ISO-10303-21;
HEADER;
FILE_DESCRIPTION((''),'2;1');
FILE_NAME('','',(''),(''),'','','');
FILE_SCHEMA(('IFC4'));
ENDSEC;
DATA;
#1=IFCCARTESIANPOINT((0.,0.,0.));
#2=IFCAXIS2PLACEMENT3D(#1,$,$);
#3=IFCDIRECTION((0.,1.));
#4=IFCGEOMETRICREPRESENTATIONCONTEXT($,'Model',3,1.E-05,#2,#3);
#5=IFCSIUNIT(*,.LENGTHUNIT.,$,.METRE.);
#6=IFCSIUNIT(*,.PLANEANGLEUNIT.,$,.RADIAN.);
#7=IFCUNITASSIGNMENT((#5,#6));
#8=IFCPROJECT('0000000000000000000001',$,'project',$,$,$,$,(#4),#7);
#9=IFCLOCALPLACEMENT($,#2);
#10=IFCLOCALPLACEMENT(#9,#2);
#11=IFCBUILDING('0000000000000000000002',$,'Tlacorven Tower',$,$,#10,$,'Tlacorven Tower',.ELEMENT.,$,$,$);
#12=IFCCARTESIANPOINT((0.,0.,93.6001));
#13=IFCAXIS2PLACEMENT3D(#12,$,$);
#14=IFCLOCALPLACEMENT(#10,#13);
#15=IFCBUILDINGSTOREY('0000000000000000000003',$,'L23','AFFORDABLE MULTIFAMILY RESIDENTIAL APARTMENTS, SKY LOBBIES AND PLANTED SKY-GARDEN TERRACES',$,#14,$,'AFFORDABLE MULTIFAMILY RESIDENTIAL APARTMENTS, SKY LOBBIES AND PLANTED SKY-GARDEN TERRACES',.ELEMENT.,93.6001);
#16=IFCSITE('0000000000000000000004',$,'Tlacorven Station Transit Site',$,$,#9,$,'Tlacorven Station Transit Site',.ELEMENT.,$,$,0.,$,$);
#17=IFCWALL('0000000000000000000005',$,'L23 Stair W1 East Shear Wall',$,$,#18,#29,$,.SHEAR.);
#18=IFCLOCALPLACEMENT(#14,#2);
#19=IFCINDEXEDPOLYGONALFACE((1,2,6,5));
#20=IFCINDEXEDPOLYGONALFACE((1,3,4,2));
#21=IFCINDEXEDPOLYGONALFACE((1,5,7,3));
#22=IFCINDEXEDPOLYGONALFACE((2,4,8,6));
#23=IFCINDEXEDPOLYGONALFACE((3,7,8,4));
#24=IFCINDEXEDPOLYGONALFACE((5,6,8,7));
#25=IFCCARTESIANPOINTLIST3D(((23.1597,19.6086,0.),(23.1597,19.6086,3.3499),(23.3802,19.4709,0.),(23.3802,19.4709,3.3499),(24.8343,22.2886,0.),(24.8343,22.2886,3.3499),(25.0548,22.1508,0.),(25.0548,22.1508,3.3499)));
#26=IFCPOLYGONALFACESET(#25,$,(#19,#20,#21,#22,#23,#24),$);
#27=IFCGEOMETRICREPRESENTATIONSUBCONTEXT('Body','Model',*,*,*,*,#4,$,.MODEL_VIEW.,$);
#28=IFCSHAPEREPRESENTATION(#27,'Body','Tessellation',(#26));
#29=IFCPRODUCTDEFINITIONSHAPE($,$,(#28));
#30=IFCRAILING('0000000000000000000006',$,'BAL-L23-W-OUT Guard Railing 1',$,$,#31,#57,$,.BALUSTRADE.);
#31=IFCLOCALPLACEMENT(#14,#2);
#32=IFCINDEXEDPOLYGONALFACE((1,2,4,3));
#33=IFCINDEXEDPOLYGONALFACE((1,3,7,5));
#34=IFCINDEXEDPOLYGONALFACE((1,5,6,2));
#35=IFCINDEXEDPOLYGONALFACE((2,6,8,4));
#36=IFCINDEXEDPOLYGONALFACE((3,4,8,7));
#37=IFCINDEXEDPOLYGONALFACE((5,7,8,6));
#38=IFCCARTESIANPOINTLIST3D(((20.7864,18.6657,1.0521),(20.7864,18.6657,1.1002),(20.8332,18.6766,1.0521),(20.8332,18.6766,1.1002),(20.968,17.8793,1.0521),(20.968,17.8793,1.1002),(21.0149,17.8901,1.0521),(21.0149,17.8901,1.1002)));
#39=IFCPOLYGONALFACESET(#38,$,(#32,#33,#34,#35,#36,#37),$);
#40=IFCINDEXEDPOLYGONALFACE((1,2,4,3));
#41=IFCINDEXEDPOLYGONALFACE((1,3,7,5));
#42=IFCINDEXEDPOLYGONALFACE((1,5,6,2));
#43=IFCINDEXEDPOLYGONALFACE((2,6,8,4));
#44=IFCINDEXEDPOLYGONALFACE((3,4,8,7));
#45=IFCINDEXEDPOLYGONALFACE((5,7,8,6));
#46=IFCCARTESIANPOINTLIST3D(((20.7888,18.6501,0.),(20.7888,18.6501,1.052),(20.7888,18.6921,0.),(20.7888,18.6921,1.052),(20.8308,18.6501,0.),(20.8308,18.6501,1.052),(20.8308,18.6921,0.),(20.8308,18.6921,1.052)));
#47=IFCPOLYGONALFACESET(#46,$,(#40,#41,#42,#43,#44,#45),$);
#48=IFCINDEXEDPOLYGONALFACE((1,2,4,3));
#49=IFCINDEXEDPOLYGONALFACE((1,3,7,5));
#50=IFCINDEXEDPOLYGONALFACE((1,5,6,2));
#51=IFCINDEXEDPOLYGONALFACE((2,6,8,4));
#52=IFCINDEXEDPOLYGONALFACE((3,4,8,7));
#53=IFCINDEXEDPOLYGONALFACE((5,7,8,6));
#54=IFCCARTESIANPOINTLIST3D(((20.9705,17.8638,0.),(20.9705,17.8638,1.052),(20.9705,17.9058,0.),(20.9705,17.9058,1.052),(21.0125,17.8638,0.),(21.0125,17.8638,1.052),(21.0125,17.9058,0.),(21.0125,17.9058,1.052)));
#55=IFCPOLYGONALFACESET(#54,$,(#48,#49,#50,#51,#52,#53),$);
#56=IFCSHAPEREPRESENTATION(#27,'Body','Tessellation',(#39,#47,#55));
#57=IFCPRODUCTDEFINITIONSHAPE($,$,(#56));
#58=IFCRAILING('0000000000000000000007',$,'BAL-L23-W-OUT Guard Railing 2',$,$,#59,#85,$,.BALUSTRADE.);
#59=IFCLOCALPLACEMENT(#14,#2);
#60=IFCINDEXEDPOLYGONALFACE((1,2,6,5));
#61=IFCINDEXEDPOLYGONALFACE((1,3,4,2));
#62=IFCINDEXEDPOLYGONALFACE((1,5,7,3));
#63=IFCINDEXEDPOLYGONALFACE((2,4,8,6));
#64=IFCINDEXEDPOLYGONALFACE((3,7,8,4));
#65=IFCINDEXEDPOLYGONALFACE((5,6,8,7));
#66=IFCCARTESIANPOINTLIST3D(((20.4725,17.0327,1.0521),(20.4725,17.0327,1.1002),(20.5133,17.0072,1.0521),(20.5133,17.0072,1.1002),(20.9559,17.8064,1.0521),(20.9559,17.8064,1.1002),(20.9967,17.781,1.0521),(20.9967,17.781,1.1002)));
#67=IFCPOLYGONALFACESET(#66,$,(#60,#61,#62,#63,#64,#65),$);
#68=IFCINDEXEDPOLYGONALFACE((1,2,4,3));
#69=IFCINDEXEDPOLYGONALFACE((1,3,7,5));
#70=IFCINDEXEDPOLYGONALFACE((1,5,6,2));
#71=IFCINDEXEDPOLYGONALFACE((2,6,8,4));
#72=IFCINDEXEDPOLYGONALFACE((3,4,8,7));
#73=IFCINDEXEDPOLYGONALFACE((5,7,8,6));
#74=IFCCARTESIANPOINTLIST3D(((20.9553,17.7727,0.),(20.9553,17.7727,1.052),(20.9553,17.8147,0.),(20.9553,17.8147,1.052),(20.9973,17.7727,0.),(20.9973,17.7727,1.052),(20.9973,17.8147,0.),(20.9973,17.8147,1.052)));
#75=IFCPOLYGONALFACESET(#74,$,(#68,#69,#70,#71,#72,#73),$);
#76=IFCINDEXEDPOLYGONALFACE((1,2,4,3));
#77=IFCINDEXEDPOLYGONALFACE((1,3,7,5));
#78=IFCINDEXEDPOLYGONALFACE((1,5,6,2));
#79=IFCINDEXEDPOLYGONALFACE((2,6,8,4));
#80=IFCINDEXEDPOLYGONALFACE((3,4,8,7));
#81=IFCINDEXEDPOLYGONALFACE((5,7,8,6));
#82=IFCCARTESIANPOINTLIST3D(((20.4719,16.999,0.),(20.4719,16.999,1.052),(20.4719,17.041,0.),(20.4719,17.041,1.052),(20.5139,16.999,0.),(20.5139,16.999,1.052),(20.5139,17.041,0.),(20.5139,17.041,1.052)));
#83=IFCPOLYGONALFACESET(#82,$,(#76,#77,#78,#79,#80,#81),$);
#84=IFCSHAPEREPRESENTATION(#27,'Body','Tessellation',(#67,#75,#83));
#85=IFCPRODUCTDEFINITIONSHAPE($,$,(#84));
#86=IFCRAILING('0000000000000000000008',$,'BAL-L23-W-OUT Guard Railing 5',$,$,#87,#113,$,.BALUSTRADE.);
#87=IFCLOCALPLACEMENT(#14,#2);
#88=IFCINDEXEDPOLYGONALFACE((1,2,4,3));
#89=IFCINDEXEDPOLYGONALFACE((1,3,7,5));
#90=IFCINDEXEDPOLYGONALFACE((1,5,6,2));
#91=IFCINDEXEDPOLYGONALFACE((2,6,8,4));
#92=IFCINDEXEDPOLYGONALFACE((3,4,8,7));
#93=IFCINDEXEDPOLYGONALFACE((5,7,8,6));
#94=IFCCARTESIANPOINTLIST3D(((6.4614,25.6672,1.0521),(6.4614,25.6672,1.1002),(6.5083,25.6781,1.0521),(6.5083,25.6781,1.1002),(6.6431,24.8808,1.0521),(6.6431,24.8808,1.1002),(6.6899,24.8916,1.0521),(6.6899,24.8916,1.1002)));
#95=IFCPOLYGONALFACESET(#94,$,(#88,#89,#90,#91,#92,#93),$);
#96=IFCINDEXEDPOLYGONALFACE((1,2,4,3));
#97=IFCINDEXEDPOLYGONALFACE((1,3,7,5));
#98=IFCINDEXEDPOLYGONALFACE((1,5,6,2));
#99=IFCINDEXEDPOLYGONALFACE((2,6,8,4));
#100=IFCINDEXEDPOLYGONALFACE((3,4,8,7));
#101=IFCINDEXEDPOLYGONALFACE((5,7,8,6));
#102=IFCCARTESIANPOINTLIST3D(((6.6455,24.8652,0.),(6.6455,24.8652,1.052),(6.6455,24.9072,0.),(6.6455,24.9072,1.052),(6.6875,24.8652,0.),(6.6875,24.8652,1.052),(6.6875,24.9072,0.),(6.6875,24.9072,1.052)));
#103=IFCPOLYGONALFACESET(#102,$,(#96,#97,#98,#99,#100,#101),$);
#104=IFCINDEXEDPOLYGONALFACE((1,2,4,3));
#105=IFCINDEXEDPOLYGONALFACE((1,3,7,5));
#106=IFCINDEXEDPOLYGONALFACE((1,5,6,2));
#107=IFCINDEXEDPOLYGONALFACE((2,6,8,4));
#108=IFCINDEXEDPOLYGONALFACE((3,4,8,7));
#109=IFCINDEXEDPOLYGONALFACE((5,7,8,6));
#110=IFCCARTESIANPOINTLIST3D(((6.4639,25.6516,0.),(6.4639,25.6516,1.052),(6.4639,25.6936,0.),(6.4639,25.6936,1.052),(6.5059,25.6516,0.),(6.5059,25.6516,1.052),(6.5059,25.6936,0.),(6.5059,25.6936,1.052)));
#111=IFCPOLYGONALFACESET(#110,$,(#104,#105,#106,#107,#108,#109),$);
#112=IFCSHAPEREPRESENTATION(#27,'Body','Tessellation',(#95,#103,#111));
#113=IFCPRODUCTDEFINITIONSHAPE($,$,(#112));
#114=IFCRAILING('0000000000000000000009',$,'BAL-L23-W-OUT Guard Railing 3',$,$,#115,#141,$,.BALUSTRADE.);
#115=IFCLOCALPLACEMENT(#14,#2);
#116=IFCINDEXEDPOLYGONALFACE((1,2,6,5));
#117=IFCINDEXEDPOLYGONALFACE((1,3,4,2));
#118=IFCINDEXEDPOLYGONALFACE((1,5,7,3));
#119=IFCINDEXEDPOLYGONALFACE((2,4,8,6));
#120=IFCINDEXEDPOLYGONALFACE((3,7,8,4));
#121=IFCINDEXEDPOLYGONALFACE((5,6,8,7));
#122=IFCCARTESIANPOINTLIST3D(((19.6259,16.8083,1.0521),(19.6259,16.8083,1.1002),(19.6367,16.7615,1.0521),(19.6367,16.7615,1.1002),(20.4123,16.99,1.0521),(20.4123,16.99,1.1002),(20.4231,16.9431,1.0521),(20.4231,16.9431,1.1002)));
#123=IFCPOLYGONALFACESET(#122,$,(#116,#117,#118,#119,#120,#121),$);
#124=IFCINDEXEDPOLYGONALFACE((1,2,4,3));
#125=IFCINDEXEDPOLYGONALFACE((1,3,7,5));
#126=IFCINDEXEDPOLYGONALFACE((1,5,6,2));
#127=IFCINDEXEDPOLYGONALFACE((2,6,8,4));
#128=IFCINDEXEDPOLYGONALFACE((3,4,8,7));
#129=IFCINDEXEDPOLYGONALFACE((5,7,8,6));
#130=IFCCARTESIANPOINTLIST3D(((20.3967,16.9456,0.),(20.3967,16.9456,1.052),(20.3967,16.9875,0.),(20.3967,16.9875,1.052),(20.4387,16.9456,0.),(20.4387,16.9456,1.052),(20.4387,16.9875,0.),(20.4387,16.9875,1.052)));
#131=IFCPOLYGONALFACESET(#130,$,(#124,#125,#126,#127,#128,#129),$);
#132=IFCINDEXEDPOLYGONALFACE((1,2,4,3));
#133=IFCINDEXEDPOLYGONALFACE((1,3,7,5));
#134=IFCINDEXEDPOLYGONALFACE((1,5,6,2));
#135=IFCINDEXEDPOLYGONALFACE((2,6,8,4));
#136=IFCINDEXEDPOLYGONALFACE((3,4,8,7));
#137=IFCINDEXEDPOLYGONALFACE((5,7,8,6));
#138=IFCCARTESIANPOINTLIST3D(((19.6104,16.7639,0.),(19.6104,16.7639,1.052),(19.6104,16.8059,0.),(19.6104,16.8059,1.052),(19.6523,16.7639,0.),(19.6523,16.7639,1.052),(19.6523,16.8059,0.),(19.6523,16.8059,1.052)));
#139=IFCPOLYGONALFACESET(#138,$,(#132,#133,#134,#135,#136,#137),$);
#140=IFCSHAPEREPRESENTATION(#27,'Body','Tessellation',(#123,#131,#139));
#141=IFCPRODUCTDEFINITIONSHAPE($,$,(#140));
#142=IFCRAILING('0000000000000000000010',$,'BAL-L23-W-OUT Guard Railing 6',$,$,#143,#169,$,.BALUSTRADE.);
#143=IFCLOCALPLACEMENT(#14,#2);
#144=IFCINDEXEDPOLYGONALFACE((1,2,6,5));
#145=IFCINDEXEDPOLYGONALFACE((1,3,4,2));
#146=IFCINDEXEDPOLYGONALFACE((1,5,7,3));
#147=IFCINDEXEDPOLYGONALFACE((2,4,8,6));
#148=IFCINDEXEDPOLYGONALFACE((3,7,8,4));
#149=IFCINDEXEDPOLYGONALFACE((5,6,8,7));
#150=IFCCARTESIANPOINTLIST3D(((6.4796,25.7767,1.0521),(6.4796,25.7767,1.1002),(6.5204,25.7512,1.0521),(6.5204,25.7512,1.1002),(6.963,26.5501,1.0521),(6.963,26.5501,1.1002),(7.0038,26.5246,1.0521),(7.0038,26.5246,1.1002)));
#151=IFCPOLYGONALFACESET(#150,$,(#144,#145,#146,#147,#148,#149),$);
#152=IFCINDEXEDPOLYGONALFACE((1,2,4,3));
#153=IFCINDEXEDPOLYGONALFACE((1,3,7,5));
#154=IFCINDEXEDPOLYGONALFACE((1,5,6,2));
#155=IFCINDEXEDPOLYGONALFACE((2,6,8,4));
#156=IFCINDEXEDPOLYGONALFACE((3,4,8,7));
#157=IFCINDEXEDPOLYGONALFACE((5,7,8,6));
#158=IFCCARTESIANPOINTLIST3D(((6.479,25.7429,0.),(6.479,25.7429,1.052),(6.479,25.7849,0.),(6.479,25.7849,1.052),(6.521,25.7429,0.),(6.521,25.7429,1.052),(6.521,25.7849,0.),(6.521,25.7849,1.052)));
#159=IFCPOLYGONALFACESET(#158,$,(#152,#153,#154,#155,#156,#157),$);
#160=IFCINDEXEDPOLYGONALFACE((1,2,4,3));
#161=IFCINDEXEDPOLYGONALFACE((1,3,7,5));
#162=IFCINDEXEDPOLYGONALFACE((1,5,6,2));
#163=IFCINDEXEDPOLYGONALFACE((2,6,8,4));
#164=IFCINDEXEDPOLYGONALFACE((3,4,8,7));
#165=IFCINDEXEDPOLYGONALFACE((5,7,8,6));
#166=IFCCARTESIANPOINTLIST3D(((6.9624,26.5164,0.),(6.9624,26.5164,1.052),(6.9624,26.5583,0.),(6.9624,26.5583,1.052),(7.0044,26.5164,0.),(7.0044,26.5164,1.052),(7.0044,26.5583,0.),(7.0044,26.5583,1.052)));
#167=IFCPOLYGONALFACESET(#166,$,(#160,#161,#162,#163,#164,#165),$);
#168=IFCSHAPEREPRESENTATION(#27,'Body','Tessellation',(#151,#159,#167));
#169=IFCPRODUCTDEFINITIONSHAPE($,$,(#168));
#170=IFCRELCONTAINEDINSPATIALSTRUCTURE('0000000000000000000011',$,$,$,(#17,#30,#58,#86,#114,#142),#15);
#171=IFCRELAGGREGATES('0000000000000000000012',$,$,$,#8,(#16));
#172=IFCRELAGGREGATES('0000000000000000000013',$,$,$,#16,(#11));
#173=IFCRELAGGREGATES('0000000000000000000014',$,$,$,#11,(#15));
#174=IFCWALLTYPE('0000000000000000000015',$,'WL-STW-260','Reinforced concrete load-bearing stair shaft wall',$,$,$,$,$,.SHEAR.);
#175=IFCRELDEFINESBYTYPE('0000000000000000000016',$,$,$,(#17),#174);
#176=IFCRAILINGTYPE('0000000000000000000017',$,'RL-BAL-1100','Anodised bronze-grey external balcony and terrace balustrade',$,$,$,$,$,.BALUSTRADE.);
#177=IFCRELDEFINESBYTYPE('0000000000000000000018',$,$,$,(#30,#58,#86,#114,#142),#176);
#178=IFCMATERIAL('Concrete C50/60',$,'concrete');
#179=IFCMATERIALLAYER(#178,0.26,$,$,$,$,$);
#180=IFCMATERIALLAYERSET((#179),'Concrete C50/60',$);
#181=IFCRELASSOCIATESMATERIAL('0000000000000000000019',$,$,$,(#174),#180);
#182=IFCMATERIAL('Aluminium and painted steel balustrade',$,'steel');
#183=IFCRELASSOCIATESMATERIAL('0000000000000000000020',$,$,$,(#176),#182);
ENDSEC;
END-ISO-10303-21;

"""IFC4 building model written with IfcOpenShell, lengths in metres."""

from ifc_helpers import new_model, si_unit, direction, frame, frame_2d, origin, origin_2d, place, context, subcontext, project, spatial, rectangle, extrude, source, transform, mapped, material, layer, layer_set, type_object, element, save


model = new_model("IFC4")

# Units and contexts
model_context = context("Model", 3, precision=1e-05, world=origin(), true_north=direction((0.0, 1.0)))
body_context = subcontext(model_context, "Body", "Model", "MODEL_VIEW")
ifc_project = project(units=[si_unit("LENGTHUNIT", "METRE"), si_unit("PLANEANGLEUNIT", "RADIAN")], contexts=[model_context])

# Site, building, storey
site_placement = place(None, origin())
site = spatial("IfcSite", under=ifc_project, at=site_placement, Name="Tlacorven Station Transit Site", LongName="Tlacorven Station Transit Site", CompositionType="ELEMENT", RefElevation=0.0)
building_placement = place(site_placement, origin())
building = spatial("IfcBuilding", under=site, at=building_placement, Name="Tlacorven Tower", LongName="Tlacorven Tower", CompositionType="ELEMENT")
storey_placement = place(building_placement, frame((0.0, 0.0, 93.6001)))
storey = spatial("IfcBuildingStorey", under=building, at=storey_placement, Name="L23", Description="AFFORDABLE MULTIFAMILY RESIDENTIAL APARTMENTS, SKY LOBBIES AND PLANTED SKY-GARDEN TERRACES", LongName="AFFORDABLE MULTIFAMILY RESIDENTIAL APARTMENTS, SKY LOBBIES AND PLANTED SKY-GARDEN TERRACES", CompositionType="ELEMENT", Elevation=93.6001)

# Wall
ifc_material_1 = material(Name="Concrete C50/60", Category="concrete")
ifc_layer_1 = layer(ifc_material_1, 0.26)
ifc_layer_set_1 = layer_set([ifc_layer_1], Name="Concrete C50/60")
wall_type_1 = type_object("IfcWallType", Name="WL-STW-260", Description="Reinforced concrete load-bearing stair shaft wall", PredefinedType="SHEAR", material=ifc_layer_set_1)
wall_1_placement = place(storey_placement, frame((24.9446, 22.2197, 0.0), z_axis=(0.0, 0.0, 1.0), x_axis=(-0.529909, -0.848055, 0.0)))
element("IfcWall", 1, at=wall_1_placement, inside=storey, type_object=wall_type_1, Name="L23 Stair W1 East Shear Wall", PredefinedType="SHEAR", context=body_context, shape_type="SweptSolid", body=[
    extrude(rectangle(XDim=3.1602, YDim=0.26, at=frame_2d((1.5801, 0.0))), origin(), (0.0, 0.0, 1.0), 3.3499),
])

# Railings
ifc_material_2 = material(Name="Aluminium and painted steel balustrade", Category="steel")
railing_type = type_object("IfcRailingType", Name="RL-BAL-1100", Description="Anodised bronze-grey external balcony and terrace balustrade", PredefinedType="BALUSTRADE", material=ifc_material_2)
shared_shape_1 = source(origin(), body_context, "Body", "SweptSolid", [
    extrude(rectangle(XDim=0.0481, YDim=0.0481, at=origin_2d()), frame((0.0, 0.0, 1.0762), z_axis=(0.225058, -0.974345, 0.0), x_axis=(0.974345, 0.225058, 0.0)), (0.0, 0.0, 1.0), 0.8071),
    extrude(rectangle(XDim=0.042, YDim=0.042, at=origin_2d()), origin(), (0.0, 0.0, 1.0), 1.052),
    extrude(rectangle(XDim=0.042, YDim=0.042, at=origin_2d()), frame((0.1816, -0.7864, 0.0)), (0.0, 0.0, 1.0), 1.052),
])
railing_1_placement = place(storey_placement, frame((20.8098, 18.6711, 0.0)))
element("IfcRailing", 2, at=railing_1_placement, inside=storey, type_object=railing_type, Name="BAL-L23-W-OUT Guard Railing 1", PredefinedType="BALUSTRADE", context=body_context, shape_type="MappedRepresentation", body=[
    mapped(shared_shape_1, transform((0.0, 0.0, 0.0), scale=1.0)),
])
shared_shape_2 = source(origin(), body_context, "Body", "SweptSolid", [
    extrude(rectangle(XDim=0.0481, YDim=0.0481, at=origin_2d()), frame((0.0, 0.0, 1.0762), z_axis=(-0.529879, -0.848073, 0.0), x_axis=(0.848073, -0.529879, 0.0)), (0.0, 0.0, 1.0), 0.9124),
    extrude(rectangle(XDim=0.042, YDim=0.042, at=origin_2d()), origin(), (0.0, 0.0, 1.0), 1.052),
    extrude(rectangle(XDim=0.042, YDim=0.042, at=origin_2d()), frame((-0.4834, -0.7737, 0.0)), (0.0, 0.0, 1.0), 1.052),
])
railing_2_placement = place(storey_placement, frame((20.9763, 17.7937, 0.0)))
element("IfcRailing", 3, at=railing_2_placement, inside=storey, type_object=railing_type, Name="BAL-L23-W-OUT Guard Railing 2", PredefinedType="BALUSTRADE", context=body_context, shape_type="MappedRepresentation", body=[
    mapped(shared_shape_2, transform((0.0, 0.0, 0.0), scale=1.0)),
])
shared_shape_3 = source(origin(), body_context, "Body", "SweptSolid", [
    extrude(rectangle(XDim=0.0481, YDim=0.0481, at=origin_2d()), frame((0.0, 0.0, 1.0762), z_axis=(-0.225058, 0.974345, 0.0), x_axis=(-0.974345, -0.225058, 0.0)), (0.0, 0.0, 1.0), 0.8071),
    extrude(rectangle(XDim=0.042, YDim=0.042, at=origin_2d()), origin(), (0.0, 0.0, 1.0), 1.052),
    extrude(rectangle(XDim=0.042, YDim=0.042, at=origin_2d()), frame((-0.1816, 0.7864, 0.0)), (0.0, 0.0, 1.0), 1.052),
])
railing_3_placement = place(storey_placement, frame((6.6665, 24.8862, 0.0)))
element("IfcRailing", 4, at=railing_3_placement, inside=storey, type_object=railing_type, Name="BAL-L23-W-OUT Guard Railing 5", PredefinedType="BALUSTRADE", context=body_context, shape_type="MappedRepresentation", body=[
    mapped(shared_shape_3, transform((0.0, 0.0, 0.0), scale=1.0)),
])
shared_shape_4 = source(origin(), body_context, "Body", "SweptSolid", [
    extrude(rectangle(XDim=0.0481, YDim=0.0481, at=origin_2d()), frame((0.0, 0.0, 1.0762), z_axis=(-0.974345, -0.225058, 0.0), x_axis=(0.225058, -0.974345, 0.0)), (0.0, 0.0, 1.0), 0.8071),
    extrude(rectangle(XDim=0.042, YDim=0.042, at=origin_2d()), origin(), (0.0, 0.0, 1.0), 1.052),
    extrude(rectangle(XDim=0.042, YDim=0.042, at=origin_2d()), frame((-0.7864, -0.1816, 0.0)), (0.0, 0.0, 1.0), 1.052),
])
railing_4_placement = place(storey_placement, frame((20.4177, 16.9666, 0.0)))
element("IfcRailing", 5, at=railing_4_placement, inside=storey, type_object=railing_type, Name="BAL-L23-W-OUT Guard Railing 3", PredefinedType="BALUSTRADE", context=body_context, shape_type="MappedRepresentation", body=[
    mapped(shared_shape_4, transform((0.0, 0.0, 0.0), scale=1.0)),
])
shared_shape_5 = source(origin(), body_context, "Body", "SweptSolid", [
    extrude(rectangle(XDim=0.0481, YDim=0.0481, at=origin_2d()), frame((0.0, 0.0, 1.0762), z_axis=(0.529999, 0.847998, 0.0), x_axis=(-0.847998, 0.529999, 0.0)), (0.0, 0.0, 1.0), 0.9121),
    extrude(rectangle(XDim=0.042, YDim=0.042, at=origin_2d()), origin(), (0.0, 0.0, 1.0), 1.052),
    extrude(rectangle(XDim=0.042, YDim=0.042, at=origin_2d()), frame((0.4834, 0.7734, 0.0)), (0.0, 0.0, 1.0), 1.052),
])
railing_5_placement = place(storey_placement, frame((6.5, 25.7639, 0.0)))
element("IfcRailing", 6, at=railing_5_placement, inside=storey, type_object=railing_type, Name="BAL-L23-W-OUT Guard Railing 6", PredefinedType="BALUSTRADE", context=body_context, shape_type="MappedRepresentation", body=[
    mapped(shared_shape_5, transform((0.0, 0.0, 0.0), scale=1.0)),
])

save(model, "model.ifc")
